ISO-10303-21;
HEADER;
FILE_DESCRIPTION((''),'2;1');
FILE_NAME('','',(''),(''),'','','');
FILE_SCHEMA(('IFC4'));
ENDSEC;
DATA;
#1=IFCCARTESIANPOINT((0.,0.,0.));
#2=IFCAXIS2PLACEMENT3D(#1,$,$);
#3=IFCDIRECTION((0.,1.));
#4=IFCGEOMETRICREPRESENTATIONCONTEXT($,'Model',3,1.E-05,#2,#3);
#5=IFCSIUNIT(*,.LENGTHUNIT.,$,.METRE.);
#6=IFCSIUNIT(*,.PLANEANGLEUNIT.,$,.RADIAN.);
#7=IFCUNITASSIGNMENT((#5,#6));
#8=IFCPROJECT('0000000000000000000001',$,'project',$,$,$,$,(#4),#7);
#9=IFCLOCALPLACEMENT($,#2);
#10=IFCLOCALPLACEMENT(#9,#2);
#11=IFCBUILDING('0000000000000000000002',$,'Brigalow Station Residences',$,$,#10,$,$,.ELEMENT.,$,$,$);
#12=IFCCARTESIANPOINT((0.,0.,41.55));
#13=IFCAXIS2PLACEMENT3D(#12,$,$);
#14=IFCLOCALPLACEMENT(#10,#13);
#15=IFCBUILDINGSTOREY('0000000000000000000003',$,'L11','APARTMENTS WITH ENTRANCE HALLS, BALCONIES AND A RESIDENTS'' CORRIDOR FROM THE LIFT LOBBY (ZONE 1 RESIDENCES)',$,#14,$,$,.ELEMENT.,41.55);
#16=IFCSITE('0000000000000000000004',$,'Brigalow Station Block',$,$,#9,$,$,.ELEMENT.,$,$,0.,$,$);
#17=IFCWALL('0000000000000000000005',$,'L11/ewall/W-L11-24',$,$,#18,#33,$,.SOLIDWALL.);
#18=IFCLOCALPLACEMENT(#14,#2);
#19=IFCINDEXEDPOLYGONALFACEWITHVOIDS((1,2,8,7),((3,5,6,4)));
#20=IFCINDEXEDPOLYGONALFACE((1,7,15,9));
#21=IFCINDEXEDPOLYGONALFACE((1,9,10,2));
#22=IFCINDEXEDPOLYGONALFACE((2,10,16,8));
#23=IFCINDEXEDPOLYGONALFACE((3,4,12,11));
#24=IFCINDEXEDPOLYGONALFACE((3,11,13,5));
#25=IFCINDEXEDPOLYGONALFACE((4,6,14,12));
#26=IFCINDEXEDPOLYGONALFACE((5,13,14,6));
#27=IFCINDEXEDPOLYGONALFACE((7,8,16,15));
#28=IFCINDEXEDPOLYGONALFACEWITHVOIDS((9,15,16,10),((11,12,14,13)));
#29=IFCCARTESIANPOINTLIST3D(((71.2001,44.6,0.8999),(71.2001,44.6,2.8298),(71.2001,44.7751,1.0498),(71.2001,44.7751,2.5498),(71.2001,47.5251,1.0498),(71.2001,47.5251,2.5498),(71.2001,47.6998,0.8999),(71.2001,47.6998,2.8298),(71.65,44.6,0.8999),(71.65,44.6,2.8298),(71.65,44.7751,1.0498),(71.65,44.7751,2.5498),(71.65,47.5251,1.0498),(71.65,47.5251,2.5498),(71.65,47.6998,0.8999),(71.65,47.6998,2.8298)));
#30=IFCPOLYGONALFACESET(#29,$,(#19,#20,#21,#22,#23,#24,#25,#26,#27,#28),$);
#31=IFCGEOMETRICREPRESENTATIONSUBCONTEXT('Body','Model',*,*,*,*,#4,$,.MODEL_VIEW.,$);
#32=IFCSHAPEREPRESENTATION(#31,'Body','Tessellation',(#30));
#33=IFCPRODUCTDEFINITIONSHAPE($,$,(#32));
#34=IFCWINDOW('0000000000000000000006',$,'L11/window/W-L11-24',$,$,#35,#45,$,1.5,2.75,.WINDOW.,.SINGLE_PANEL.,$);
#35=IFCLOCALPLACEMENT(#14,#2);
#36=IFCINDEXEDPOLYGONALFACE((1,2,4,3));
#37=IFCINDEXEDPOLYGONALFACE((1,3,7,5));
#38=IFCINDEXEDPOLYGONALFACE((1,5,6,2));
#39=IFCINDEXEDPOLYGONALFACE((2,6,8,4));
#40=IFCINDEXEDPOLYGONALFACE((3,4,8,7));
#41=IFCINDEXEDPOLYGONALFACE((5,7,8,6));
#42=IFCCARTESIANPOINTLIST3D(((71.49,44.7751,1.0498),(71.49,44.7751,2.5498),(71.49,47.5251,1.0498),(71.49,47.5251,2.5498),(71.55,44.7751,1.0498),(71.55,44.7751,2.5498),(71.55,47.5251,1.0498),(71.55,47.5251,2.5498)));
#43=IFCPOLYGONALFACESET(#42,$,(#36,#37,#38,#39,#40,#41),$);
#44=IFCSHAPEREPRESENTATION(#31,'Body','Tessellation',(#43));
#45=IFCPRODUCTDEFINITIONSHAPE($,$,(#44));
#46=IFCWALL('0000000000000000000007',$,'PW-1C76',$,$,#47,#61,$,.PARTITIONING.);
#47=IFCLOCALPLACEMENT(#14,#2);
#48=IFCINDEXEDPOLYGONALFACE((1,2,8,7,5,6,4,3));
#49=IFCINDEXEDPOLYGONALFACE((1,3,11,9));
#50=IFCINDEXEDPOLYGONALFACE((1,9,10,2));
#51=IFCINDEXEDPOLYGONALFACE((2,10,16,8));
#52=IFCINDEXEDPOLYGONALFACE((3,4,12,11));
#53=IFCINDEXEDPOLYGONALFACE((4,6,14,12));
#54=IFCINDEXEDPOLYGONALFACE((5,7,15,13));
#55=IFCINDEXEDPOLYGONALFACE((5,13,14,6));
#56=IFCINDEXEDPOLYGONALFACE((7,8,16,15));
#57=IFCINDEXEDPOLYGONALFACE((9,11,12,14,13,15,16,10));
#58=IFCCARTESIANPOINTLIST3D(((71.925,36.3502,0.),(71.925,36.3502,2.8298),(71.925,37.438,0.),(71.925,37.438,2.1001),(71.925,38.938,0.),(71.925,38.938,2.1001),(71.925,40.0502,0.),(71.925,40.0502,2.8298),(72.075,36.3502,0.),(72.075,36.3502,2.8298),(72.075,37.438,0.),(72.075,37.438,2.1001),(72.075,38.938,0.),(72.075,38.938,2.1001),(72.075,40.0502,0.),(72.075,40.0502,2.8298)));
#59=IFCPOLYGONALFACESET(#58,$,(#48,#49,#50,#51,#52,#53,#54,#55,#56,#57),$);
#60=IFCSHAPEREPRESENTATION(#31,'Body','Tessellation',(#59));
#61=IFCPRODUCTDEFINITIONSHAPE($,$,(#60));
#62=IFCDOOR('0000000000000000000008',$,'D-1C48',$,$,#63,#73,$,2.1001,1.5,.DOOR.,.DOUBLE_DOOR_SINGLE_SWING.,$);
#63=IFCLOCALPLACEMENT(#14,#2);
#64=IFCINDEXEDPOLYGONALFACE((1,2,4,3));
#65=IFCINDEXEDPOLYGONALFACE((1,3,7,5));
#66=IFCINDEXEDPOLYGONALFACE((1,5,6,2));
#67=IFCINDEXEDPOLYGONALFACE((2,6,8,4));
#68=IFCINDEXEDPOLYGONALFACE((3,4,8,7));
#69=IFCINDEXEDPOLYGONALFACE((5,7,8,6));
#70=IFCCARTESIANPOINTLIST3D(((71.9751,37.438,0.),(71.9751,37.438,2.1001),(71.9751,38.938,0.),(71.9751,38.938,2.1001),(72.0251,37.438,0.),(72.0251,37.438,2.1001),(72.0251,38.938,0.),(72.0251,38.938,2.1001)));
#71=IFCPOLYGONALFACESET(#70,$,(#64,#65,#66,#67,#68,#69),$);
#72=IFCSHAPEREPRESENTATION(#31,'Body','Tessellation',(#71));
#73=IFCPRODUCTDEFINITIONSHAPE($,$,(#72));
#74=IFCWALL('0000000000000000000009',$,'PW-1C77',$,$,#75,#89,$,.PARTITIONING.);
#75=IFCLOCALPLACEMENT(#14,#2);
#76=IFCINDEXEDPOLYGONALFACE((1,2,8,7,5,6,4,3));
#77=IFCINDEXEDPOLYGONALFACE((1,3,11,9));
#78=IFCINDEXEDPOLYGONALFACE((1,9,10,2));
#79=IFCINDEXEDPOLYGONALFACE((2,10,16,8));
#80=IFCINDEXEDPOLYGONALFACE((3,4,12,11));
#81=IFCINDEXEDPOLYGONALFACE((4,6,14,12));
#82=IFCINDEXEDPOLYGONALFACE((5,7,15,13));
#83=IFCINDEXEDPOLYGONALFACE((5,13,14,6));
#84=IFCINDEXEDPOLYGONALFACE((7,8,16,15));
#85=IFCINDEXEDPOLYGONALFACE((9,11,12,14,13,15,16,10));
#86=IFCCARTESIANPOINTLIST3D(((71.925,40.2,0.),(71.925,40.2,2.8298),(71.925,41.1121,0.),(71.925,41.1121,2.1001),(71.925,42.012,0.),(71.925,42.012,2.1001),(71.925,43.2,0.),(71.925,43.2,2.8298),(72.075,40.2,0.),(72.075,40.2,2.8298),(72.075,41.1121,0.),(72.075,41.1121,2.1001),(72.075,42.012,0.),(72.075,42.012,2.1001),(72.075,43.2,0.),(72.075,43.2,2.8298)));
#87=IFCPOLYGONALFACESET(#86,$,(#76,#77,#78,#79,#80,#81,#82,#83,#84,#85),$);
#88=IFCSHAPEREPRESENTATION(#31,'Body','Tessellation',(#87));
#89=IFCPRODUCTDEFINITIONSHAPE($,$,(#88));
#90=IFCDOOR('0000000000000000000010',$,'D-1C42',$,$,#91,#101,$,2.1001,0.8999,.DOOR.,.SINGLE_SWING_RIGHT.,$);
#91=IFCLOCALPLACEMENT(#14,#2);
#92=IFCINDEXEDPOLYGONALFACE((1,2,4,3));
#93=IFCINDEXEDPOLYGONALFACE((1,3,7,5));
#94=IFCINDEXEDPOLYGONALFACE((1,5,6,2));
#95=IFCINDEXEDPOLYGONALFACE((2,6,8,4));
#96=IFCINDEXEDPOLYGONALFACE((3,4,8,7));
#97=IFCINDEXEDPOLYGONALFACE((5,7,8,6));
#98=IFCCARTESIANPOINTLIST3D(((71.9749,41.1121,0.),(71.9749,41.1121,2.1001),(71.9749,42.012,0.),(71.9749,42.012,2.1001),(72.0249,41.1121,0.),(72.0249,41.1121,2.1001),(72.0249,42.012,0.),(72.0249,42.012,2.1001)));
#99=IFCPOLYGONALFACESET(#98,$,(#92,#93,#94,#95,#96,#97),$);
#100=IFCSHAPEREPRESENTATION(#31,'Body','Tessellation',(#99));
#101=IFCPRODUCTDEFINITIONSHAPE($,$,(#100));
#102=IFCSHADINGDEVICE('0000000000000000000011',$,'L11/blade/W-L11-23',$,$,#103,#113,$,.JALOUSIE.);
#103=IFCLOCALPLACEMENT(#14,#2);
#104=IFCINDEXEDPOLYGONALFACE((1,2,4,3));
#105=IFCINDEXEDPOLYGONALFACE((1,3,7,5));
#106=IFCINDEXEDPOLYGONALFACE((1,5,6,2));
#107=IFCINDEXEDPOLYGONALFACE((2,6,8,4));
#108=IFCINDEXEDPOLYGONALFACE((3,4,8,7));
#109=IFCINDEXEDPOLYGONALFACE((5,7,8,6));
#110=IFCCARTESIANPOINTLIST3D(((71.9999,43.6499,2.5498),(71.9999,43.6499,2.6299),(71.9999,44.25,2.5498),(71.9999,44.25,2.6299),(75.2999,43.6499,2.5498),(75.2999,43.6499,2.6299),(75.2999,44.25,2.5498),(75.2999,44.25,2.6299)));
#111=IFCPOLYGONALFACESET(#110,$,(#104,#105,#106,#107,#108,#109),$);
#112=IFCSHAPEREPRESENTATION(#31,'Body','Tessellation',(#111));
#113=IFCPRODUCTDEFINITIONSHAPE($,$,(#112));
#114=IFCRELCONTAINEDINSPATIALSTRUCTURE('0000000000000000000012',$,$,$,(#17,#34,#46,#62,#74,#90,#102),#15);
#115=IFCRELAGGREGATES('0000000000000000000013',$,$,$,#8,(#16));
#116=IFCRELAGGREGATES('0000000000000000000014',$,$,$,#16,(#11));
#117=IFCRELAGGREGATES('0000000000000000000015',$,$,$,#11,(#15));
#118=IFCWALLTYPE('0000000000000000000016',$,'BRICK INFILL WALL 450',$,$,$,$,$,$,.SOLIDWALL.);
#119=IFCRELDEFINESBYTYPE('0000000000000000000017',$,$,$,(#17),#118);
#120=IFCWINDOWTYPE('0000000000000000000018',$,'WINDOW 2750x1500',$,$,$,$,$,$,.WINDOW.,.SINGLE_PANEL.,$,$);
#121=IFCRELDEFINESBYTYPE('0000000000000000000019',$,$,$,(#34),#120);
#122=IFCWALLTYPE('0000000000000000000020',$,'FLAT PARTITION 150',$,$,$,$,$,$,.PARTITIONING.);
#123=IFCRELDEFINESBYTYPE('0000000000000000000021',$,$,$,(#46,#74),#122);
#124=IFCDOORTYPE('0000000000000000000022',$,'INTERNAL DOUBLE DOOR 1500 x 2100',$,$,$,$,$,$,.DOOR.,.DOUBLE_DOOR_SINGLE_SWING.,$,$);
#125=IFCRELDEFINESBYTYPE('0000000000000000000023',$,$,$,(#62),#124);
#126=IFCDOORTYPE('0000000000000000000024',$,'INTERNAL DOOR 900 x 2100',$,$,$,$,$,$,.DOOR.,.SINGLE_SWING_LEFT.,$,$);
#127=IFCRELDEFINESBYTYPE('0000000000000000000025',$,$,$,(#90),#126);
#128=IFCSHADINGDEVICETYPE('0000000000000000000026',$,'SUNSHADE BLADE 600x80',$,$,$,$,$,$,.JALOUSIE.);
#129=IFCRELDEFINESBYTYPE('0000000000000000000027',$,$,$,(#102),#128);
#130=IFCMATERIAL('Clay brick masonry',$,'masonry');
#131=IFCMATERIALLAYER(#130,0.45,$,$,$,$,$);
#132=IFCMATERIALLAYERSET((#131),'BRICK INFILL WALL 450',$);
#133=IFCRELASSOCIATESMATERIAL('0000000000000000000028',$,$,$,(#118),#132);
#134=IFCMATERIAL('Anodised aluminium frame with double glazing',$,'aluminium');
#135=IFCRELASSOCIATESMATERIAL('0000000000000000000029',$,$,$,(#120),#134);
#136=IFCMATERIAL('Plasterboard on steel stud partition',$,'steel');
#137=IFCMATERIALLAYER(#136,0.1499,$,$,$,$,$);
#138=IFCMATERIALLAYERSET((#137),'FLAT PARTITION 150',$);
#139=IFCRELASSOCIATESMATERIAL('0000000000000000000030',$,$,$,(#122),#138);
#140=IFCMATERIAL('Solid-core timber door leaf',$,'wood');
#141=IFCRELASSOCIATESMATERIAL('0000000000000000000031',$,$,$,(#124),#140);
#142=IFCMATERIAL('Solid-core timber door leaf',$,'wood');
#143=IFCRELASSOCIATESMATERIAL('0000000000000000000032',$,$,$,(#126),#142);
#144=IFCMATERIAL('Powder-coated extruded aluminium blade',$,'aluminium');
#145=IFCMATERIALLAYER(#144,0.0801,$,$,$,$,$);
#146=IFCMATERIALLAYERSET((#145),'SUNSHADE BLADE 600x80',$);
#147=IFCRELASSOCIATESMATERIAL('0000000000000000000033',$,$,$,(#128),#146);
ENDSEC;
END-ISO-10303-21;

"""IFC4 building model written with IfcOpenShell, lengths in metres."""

from ifc_helpers import new_model, si_unit, direction, frame, frame_2d, origin, origin_2d, place, context, subcontext, project, spatial, rectangle, extrude, material, layer, layer_set, type_object, element, fill, save


model = new_model("IFC4")

# Units and contexts
model_context = context("Model", 3, precision=1e-05, world=origin(), true_north=direction((0.0, 1.0)))
body_context = subcontext(model_context, "Body", "Model", "MODEL_VIEW")
ifc_project = project(units=[si_unit("LENGTHUNIT", "METRE"), si_unit("PLANEANGLEUNIT", "RADIAN")], contexts=[model_context])

# Site, building, storey
site_placement = place(None, origin())
site = spatial("IfcSite", under=ifc_project, at=site_placement, Name="Brigalow Station Block", CompositionType="ELEMENT", RefElevation=0.0)
building_placement = place(site_placement, origin())
building = spatial("IfcBuilding", under=site, at=building_placement, Name="Brigalow Station Residences", CompositionType="ELEMENT")
storey_placement = place(building_placement, frame((0.0, 0.0, 41.55)))
storey = spatial("IfcBuildingStorey", under=building, at=storey_placement, Name="L11", Description="APARTMENTS WITH ENTRANCE HALLS, BALCONIES AND A RESIDENTS' CORRIDOR FROM THE LIFT LOBBY (ZONE 1 RESIDENCES)", CompositionType="ELEMENT", Elevation=41.55)

# Wall, opening, window
ifc_material_1 = material(Name="Clay brick masonry", Category="masonry")
ifc_layer_1 = layer(ifc_material_1, 0.45)
ifc_layer_set_1 = layer_set([ifc_layer_1], Name="BRICK INFILL WALL 450")
wall_type_1 = type_object("IfcWallType", Name="BRICK INFILL WALL 450", PredefinedType="SOLIDWALL", material=ifc_layer_set_1)
wall_1_placement = place(storey_placement, frame((71.425, 44.6001, 0.8999), z_axis=(0.0, 0.0, 1.0), x_axis=(0.0, 1.0, 0.0)))
wall_1 = element("IfcWall", 1, at=wall_1_placement, inside=storey, type_object=wall_type_1, Name="L11/ewall/W-L11-24", PredefinedType="SOLIDWALL", context=body_context, shape_type="SweptSolid", body=[
    extrude(rectangle(XDim=3.0999, YDim=0.45, at=frame_2d((1.5498, 0.0))), origin(), (0.0, 0.0, 1.0), 1.9299),
])
opening_1_placement = place(wall_1_placement, frame((0.175, 0.0, 0.1499)))
opening_1 = element("IfcOpeningElement", 2, at=opening_1_placement, cuts=wall_1, PredefinedType="OPENING", context=body_context, shape_type="SweptSolid", body=[
    extrude(rectangle(XDim=2.75, YDim=1.5, at=frame_2d((1.375, 0.75))), frame((0.0, 0.2349, 0.0), z_axis=(0.0, -1.0, 0.0), x_axis=(1.0, 0.0, 0.0)), (0.0, 0.0, 1.0), 0.47),
])
ifc_material_2 = material(Name="Anodised aluminium frame with double glazing", Category="aluminium")
window_type_1 = type_object("IfcWindowType", Name="WINDOW 2750x1500", PartitioningType="SINGLE_PANEL", PredefinedType="WINDOW", material=ifc_material_2)
window_1_placement = place(opening_1_placement, origin())
window_1 = element("IfcWindow", 3, at=window_1_placement, inside=storey, type_object=window_type_1, Name="L11/window/W-L11-24", OverallHeight=1.5, OverallWidth=2.75, PartitioningType="SINGLE_PANEL", PredefinedType="WINDOW", context=body_context, shape_type="SweptSolid", body=[
    extrude(rectangle(XDim=2.75, YDim=1.5, at=frame_2d((1.375, 0.75))), frame((0.0, -0.0649, 0.0), z_axis=(0.0, -1.0, 0.0), x_axis=(1.0, 0.0, 0.0)), (0.0, 0.0, 1.0), 0.0601),
])
fill(opening_1, window_1)

# Walls, openings, doors
ifc_material_3 = material(Name="Plasterboard on steel stud partition", Category="steel")
ifc_layer_2 = layer(ifc_material_3, 0.1499)
ifc_layer_set_2 = layer_set([ifc_layer_2], Name="FLAT PARTITION 150")
wall_type_2 = type_object("IfcWallType", Name="FLAT PARTITION 150", PredefinedType="PARTITIONING", material=ifc_layer_set_2)
wall_2_placement = place(storey_placement, frame((72.0, 36.3501, 0.0), z_axis=(0.0, 0.0, 1.0), x_axis=(0.0, 1.0, 0.0)))
wall_2 = element("IfcWall", 4, at=wall_2_placement, inside=storey, type_object=wall_type_2, Name="PW-1C76", PredefinedType="PARTITIONING", context=body_context, shape_type="SweptSolid", body=[
    extrude(rectangle(XDim=3.7, YDim=0.1499, at=frame_2d((1.8501, 0.0))), origin(), (0.0, 0.0, 1.0), 2.8298),
])
opening_2_placement = place(wall_2_placement, frame((1.0879, 0.0, 0.0)))
opening_2 = element("IfcOpeningElement", 5, at=opening_2_placement, cuts=wall_2, PredefinedType="OPENING", context=body_context, shape_type="SweptSolid", body=[
    extrude(rectangle(XDim=1.5, YDim=2.1001, at=frame_2d((0.75, 1.05))), frame((0.0, 0.085, 0.0), z_axis=(0.0, -1.0, 0.0), x_axis=(1.0, 0.0, 0.0)), (0.0, 0.0, 1.0), 0.1699),
])
ifc_material_4 = material(Name="Solid-core timber door leaf", Category="wood")
door_type_1 = type_object("IfcDoorType", Name="INTERNAL DOUBLE DOOR 1500 x 2100", OperationType="DOUBLE_DOOR_SINGLE_SWING", PredefinedType="DOOR", material=ifc_material_4)
door_1_placement = place(opening_2_placement, origin())
door_1 = element("IfcDoor", 6, at=door_1_placement, inside=storey, type_object=door_type_1, Name="D-1C48", OperationType="DOUBLE_DOOR_SINGLE_SWING", OverallHeight=2.1001, OverallWidth=1.5, PredefinedType="DOOR", context=body_context, shape_type="SweptSolid", body=[
    extrude(rectangle(XDim=1.5, YDim=2.1001, at=frame_2d((0.75, 1.05))), frame((0.0, 0.0249, 0.0), z_axis=(0.0, -1.0, 0.0), x_axis=(1.0, 0.0, 0.0)), (0.0, 0.0, 1.0), 0.05),
])
fill(opening_2, door_1)
wall_3_placement = place(storey_placement, frame((72.0, 40.2, 0.0), z_axis=(0.0, 0.0, 1.0), x_axis=(0.0, 1.0, 0.0)))
wall_3 = element("IfcWall", 7, at=wall_3_placement, inside=storey, type_object=wall_type_2, Name="PW-1C77", PredefinedType="PARTITIONING", context=body_context, shape_type="SweptSolid", body=[
    extrude(rectangle(XDim=3.0, YDim=0.1499, at=frame_2d((1.5, 0.0))), origin(), (0.0, 0.0, 1.0), 2.8298),
])
opening_3_placement = place(wall_3_placement, frame((0.9121, 0.0, 0.0)))
opening_3 = element("IfcOpeningElement", 8, at=opening_3_placement, cuts=wall_3, PredefinedType="OPENING", context=body_context, shape_type="SweptSolid", body=[
    extrude(rectangle(XDim=0.8999, YDim=2.1001, at=frame_2d((0.45, 1.05))), frame((0.0, 0.085, 0.0), z_axis=(0.0, -1.0, 0.0), x_axis=(1.0, 0.0, 0.0)), (0.0, 0.0, 1.0), 0.1699),
])
ifc_material_5 = material(Name="Solid-core timber door leaf", Category="wood")
door_type_2 = type_object("IfcDoorType", Name="INTERNAL DOOR 900 x 2100", OperationType="SINGLE_SWING_LEFT", PredefinedType="DOOR", material=ifc_material_5)
door_2_placement = place(opening_3_placement, frame((0.8999, 0.0, 0.0), z_axis=(0.0, 0.0, 1.0), x_axis=(-1.0, 0.0, 0.0)))
door_2 = element("IfcDoor", 9, at=door_2_placement, inside=storey, type_object=door_type_2, Name="D-1C42", OperationType="SINGLE_SWING_RIGHT", OverallHeight=2.1001, OverallWidth=0.8999, PredefinedType="DOOR", context=body_context, shape_type="SweptSolid", body=[
    extrude(rectangle(XDim=0.8999, YDim=2.1001, at=frame_2d((0.45, 1.05))), frame((0.0, 0.0249, 0.0), z_axis=(0.0, -1.0, 0.0), x_axis=(1.0, 0.0, 0.0)), (0.0, 0.0, 1.0), 0.05),
])
fill(opening_3, door_2)

# Shading device
ifc_material_6 = material(Name="Powder-coated extruded aluminium blade", Category="aluminium")
ifc_layer_3 = layer(ifc_material_6, 0.0801)
ifc_layer_set_3 = layer_set([ifc_layer_3], Name="SUNSHADE BLADE 600x80")
shading_device_type = type_object("IfcShadingDeviceType", Name="SUNSHADE BLADE 600x80", PredefinedType="JALOUSIE", material=ifc_layer_set_3)
shading_device_placement = place(storey_placement, frame((73.6499, 43.95, 2.5498), z_axis=(0.0, 0.0, 1.0), x_axis=(-1.0, 0.0, 0.0)))
element("IfcShadingDevice", 10, at=shading_device_placement, inside=storey, type_object=shading_device_type, Name="L11/blade/W-L11-23", PredefinedType="JALOUSIE", context=body_context, shape_type="SweptSolid", body=[
    extrude(rectangle(XDim=3.3, YDim=0.6001, at=origin_2d()), origin(), (0.0, 0.0, 1.0), 0.0801),
])

save(model, "model.ifc")
